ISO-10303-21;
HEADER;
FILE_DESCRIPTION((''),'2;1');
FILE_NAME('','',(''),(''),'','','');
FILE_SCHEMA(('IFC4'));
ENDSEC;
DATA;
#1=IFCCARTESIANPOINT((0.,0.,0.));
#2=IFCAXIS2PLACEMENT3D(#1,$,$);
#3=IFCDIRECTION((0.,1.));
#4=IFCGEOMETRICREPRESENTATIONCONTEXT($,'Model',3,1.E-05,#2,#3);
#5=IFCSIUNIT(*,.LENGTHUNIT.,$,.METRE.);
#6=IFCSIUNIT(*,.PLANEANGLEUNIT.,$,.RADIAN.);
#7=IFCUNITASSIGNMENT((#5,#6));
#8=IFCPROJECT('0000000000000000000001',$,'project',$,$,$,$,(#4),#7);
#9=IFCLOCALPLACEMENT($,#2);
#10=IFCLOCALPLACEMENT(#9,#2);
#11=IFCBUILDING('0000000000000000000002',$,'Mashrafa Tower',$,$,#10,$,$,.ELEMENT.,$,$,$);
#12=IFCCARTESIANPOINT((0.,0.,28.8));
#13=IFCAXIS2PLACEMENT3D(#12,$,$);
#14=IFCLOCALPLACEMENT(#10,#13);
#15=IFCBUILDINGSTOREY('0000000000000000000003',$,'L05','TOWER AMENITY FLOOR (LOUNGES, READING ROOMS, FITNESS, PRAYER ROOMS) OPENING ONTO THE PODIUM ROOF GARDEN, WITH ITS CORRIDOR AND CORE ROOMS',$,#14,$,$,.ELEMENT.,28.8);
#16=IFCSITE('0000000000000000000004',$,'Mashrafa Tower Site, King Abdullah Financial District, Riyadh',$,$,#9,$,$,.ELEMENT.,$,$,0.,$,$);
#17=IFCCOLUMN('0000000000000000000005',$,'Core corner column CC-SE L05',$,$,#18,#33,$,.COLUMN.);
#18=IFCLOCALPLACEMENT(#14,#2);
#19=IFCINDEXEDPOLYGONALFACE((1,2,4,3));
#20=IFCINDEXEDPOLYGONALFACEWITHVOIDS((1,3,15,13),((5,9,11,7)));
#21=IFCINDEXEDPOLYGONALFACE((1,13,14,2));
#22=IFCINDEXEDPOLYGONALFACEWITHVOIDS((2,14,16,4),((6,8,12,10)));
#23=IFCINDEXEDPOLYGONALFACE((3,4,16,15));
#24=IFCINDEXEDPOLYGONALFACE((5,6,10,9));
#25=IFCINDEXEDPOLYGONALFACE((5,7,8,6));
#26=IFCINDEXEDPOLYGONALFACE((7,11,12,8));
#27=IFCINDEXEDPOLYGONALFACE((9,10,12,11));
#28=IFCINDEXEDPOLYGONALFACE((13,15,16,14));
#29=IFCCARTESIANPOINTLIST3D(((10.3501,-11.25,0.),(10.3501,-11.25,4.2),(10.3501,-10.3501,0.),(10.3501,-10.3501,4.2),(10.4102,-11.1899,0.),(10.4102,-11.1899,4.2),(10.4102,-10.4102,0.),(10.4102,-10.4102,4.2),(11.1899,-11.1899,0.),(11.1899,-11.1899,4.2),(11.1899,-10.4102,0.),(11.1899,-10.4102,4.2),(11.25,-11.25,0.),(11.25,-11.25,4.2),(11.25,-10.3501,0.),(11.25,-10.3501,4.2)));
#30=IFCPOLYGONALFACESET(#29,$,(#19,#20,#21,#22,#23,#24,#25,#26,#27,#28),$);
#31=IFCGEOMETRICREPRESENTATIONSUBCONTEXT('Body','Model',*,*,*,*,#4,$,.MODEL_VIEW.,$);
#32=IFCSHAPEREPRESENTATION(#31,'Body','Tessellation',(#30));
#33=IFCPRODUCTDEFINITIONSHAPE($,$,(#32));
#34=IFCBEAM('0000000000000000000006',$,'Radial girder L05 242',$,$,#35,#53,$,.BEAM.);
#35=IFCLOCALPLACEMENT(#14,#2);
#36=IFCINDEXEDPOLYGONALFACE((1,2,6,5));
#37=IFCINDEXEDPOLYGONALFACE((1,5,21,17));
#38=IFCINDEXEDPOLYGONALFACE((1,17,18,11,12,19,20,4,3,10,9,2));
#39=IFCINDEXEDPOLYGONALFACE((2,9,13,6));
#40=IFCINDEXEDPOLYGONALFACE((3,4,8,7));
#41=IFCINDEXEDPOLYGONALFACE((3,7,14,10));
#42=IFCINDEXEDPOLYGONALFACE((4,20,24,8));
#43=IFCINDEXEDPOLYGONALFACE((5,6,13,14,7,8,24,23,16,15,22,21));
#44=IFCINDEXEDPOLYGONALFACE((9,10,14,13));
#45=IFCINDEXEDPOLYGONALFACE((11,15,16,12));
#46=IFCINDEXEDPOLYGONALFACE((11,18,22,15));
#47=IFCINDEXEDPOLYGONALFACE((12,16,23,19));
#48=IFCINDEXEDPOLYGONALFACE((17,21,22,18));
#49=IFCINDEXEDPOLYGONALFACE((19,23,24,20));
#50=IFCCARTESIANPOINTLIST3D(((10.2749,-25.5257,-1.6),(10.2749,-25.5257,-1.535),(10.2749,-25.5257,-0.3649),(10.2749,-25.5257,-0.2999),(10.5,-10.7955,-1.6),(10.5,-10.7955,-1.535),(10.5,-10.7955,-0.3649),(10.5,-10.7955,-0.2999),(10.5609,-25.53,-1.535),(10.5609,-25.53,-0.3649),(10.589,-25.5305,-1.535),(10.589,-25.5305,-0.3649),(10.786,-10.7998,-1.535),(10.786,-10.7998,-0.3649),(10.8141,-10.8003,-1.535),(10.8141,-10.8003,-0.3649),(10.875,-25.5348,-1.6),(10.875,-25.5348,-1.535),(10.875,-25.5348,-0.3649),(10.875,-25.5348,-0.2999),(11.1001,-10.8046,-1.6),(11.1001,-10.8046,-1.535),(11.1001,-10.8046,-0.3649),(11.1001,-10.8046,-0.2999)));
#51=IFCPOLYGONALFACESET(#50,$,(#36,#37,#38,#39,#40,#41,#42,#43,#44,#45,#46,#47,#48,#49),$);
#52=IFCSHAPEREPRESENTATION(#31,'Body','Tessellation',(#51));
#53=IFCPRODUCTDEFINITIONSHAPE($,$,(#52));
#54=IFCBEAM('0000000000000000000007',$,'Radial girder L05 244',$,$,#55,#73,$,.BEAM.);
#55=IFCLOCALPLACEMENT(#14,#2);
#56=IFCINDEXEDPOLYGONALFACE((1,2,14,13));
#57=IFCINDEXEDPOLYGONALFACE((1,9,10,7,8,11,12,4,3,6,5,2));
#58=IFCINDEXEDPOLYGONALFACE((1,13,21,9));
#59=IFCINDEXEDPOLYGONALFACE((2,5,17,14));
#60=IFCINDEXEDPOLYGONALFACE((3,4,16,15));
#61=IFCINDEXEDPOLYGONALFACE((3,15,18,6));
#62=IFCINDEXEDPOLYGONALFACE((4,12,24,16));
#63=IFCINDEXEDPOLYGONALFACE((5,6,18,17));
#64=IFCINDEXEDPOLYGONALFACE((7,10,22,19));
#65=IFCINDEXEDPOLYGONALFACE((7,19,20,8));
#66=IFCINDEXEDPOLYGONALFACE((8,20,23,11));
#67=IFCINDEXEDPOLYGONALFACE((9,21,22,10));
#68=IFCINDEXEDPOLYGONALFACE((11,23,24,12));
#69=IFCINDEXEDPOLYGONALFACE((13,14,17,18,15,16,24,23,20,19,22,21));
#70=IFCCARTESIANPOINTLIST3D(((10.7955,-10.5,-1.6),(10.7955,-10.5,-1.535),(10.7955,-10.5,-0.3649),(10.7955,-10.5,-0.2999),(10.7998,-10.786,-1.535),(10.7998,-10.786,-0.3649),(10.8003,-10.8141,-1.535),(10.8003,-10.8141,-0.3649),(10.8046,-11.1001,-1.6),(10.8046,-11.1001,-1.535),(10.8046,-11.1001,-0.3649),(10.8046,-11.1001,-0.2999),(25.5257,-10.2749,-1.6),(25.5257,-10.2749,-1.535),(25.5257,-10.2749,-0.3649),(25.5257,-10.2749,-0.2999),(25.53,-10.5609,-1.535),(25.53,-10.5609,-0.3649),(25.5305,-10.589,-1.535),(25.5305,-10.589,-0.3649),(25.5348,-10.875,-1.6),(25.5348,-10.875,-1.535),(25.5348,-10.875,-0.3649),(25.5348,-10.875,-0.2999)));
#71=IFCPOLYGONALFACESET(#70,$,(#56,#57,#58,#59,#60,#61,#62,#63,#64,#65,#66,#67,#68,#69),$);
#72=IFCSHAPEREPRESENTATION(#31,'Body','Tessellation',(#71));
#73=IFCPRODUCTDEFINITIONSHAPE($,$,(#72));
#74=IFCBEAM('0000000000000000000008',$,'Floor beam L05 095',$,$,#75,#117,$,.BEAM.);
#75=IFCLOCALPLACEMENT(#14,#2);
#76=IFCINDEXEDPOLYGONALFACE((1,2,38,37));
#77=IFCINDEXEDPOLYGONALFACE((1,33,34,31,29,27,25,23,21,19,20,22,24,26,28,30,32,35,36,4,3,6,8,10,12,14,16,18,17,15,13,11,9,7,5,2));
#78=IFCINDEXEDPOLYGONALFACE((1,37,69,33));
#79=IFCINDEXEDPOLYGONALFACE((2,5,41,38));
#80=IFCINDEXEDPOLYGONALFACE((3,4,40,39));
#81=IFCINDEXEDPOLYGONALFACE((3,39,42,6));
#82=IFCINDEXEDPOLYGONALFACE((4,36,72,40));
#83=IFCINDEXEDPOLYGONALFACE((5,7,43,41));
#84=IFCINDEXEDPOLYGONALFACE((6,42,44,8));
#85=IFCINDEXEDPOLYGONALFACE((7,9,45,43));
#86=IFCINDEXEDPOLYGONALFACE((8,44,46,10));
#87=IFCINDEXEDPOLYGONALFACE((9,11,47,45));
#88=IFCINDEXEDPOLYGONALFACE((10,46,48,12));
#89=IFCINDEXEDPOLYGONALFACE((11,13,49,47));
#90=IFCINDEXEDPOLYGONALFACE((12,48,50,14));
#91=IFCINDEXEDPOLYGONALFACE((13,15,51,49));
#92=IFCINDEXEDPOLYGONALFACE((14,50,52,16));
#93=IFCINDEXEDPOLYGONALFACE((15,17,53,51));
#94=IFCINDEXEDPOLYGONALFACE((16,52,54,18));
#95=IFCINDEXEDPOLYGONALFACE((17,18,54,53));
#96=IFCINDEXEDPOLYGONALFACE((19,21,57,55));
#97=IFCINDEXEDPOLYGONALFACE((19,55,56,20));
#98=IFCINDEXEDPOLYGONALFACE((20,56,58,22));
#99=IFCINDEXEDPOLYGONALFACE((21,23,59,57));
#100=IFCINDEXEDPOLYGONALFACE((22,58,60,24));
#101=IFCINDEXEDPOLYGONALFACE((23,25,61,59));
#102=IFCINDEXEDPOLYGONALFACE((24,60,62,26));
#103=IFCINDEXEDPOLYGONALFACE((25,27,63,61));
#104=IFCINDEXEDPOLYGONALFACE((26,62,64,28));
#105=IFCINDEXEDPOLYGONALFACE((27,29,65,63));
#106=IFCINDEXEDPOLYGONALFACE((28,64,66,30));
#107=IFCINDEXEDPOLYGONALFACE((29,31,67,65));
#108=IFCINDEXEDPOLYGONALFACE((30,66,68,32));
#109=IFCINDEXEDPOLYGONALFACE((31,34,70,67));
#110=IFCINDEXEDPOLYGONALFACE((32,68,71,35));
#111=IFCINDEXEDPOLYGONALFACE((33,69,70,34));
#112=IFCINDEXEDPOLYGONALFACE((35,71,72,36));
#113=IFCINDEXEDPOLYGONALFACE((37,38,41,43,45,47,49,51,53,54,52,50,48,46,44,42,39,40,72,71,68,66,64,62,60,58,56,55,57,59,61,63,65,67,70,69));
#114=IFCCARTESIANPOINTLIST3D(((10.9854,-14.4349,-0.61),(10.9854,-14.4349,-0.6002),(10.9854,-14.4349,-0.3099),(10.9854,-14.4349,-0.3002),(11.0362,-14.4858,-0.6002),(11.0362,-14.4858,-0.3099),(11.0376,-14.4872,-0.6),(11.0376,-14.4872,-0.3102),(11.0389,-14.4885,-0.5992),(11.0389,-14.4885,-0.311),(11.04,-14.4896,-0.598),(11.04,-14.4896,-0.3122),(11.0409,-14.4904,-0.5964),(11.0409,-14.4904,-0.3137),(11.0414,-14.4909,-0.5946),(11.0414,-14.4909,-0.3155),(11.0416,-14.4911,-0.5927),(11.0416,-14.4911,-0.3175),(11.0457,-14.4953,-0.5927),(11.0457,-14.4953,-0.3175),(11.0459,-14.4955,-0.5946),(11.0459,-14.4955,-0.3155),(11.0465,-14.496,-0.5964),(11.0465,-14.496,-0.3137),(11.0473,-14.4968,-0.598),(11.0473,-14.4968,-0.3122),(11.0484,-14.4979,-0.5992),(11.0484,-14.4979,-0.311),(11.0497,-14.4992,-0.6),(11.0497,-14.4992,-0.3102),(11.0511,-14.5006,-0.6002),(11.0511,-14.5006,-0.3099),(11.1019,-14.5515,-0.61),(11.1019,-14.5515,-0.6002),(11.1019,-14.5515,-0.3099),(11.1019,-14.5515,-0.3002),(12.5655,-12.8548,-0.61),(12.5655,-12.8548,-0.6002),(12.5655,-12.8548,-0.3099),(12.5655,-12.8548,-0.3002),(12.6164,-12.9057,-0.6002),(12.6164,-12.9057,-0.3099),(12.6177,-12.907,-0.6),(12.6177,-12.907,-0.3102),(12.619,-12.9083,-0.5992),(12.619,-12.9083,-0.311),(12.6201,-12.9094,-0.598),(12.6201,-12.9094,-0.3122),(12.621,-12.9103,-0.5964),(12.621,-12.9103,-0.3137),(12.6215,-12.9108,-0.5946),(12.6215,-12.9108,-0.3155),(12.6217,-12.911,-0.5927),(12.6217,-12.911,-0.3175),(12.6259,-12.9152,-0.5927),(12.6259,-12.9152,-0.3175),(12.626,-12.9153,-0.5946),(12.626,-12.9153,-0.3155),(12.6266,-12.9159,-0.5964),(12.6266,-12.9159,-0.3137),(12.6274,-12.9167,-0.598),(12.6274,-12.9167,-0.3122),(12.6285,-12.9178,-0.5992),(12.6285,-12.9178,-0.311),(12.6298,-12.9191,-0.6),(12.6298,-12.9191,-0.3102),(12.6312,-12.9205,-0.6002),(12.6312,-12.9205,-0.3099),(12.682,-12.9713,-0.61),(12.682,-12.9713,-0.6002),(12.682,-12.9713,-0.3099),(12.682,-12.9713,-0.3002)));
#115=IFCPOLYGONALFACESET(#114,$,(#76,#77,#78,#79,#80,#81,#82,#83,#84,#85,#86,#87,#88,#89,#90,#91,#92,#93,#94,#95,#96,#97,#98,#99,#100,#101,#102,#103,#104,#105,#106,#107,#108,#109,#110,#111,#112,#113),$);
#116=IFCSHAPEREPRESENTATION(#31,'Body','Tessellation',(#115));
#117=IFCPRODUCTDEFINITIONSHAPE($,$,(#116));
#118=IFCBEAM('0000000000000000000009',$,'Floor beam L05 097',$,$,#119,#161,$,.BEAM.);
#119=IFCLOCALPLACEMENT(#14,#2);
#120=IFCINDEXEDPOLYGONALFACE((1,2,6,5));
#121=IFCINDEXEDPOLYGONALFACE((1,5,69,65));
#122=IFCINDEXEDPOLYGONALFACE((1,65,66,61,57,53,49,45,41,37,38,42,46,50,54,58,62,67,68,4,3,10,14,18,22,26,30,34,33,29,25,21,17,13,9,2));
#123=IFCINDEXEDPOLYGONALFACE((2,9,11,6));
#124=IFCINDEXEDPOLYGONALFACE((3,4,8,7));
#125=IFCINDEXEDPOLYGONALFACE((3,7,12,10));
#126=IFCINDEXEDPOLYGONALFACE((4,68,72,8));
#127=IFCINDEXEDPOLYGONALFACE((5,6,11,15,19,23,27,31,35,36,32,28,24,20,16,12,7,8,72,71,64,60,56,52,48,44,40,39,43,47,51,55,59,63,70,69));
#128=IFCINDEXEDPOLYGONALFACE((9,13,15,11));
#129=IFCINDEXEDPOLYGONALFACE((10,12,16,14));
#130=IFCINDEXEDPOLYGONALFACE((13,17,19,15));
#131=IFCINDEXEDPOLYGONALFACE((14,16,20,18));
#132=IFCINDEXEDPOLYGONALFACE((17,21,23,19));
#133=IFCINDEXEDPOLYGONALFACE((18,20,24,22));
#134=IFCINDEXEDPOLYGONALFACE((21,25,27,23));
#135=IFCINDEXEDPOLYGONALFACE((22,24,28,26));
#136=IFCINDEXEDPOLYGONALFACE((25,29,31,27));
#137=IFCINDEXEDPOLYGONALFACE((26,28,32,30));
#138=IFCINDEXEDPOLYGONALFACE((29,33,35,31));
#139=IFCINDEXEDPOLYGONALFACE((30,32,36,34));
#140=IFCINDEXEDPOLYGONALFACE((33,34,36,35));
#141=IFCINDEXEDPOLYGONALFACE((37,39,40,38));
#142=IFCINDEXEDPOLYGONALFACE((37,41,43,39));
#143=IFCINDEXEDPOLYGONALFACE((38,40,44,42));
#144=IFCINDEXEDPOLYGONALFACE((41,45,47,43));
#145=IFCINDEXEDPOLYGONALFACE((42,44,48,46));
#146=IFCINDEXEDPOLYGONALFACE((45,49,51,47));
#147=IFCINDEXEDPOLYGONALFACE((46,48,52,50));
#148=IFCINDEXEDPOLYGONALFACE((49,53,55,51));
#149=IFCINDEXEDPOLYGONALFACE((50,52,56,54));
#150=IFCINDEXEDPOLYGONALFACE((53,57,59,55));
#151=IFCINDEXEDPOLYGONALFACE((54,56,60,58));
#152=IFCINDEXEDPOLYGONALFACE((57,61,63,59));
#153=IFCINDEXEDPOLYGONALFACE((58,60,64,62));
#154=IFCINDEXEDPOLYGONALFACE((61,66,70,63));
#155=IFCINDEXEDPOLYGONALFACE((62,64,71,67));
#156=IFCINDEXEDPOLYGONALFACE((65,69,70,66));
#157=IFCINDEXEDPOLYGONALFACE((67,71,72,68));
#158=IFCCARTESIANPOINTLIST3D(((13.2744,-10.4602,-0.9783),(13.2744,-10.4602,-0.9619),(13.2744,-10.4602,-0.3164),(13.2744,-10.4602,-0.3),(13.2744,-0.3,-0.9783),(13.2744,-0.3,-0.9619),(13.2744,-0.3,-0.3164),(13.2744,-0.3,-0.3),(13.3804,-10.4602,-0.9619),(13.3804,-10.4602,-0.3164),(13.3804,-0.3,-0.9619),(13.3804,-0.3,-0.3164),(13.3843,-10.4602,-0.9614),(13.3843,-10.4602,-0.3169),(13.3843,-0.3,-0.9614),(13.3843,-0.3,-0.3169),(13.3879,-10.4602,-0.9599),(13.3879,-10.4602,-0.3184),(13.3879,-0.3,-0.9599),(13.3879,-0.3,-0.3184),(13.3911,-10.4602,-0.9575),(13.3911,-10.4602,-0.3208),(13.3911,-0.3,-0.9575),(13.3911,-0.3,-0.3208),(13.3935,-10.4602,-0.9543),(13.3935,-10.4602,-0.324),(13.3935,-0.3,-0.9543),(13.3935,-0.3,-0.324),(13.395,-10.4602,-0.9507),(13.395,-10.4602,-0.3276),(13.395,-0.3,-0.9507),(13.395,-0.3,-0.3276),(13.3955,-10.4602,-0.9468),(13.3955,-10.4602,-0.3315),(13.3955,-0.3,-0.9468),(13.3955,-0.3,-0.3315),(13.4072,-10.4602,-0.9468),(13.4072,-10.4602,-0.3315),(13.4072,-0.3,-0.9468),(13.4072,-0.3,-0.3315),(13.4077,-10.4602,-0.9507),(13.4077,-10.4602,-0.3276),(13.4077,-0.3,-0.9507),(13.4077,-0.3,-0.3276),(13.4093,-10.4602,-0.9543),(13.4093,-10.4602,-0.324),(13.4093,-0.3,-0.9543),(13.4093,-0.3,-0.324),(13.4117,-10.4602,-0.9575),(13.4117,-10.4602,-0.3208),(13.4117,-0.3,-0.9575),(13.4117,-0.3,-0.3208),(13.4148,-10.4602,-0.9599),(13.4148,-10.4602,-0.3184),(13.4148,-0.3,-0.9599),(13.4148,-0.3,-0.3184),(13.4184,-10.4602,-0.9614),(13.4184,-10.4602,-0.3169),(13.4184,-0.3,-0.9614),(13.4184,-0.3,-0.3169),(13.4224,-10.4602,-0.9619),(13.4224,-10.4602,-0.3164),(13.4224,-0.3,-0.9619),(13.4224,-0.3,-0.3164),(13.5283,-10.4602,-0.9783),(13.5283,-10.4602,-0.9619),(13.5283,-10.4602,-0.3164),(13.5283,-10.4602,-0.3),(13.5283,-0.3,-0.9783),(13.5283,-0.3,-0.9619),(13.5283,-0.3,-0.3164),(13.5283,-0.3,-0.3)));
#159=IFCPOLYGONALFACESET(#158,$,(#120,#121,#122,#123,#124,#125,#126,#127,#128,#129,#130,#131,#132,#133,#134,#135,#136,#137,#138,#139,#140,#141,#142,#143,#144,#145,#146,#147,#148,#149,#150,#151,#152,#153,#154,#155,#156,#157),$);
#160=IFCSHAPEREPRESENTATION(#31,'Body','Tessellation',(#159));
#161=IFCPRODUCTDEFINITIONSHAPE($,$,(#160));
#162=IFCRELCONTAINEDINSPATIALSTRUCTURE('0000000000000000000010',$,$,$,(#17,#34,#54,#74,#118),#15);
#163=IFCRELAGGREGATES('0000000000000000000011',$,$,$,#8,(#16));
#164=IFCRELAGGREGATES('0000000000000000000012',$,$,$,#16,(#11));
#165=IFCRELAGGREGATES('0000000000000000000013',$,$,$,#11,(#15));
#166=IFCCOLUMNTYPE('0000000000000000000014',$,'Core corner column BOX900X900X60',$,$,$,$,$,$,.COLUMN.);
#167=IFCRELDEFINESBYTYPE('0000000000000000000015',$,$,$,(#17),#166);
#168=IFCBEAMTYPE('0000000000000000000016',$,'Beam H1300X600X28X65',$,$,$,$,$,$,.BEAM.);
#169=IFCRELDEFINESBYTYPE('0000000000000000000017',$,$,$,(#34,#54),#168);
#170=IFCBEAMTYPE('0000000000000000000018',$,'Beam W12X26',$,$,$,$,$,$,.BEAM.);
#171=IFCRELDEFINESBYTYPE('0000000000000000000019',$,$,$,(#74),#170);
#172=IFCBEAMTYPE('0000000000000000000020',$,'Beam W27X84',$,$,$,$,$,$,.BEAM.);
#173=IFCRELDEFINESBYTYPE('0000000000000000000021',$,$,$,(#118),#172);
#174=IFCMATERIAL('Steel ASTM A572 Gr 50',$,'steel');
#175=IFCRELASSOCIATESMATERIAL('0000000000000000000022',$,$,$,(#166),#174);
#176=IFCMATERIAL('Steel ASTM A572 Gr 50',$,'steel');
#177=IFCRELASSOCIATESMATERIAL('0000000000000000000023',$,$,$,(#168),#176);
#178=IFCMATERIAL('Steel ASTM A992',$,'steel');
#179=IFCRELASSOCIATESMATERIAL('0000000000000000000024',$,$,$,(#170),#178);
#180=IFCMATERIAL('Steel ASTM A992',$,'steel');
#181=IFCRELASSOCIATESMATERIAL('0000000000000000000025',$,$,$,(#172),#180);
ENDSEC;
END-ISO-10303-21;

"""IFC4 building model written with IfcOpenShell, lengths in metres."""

from ifc_helpers import new_model, si_unit, direction, frame, origin, origin_2d, place, context, subcontext, project, spatial, hollow_rectangle, i_section, extrude, material, material_profile, profile_set, type_object, element, save


model = new_model("IFC4")

# Units and contexts
model_context = context("Model", 3, precision=1e-05, world=origin(), true_north=direction((0.0, 1.0)))
body_context = subcontext(model_context, "Body", "Model", "MODEL_VIEW")
ifc_project = project(units=[si_unit("LENGTHUNIT", "METRE"), si_unit("PLANEANGLEUNIT", "RADIAN")], contexts=[model_context])

# Site, building, storey
site_placement = place(None, origin())
site = spatial("IfcSite", under=ifc_project, at=site_placement, Name="Mashrafa Tower Site, King Abdullah Financial District, Riyadh", CompositionType="ELEMENT", RefElevation=0.0)
building_placement = place(site_placement, origin())
building = spatial("IfcBuilding", under=site, at=building_placement, Name="Mashrafa Tower", CompositionType="ELEMENT")
storey_placement = place(building_placement, frame((0.0, 0.0, 28.8)))
storey = spatial("IfcBuildingStorey", under=building, at=storey_placement, Name="L05", Description="TOWER AMENITY FLOOR (LOUNGES, READING ROOMS, FITNESS, PRAYER ROOMS) OPENING ONTO THE PODIUM ROOF GARDEN, WITH ITS CORRIDOR AND CORE ROOMS", CompositionType="ELEMENT", Elevation=28.8)

# Column
ifc_material_1 = material(Name="Steel ASTM A572 Gr 50", Category="steel")
ifc_material_profile_1 = material_profile(ifc_material_1, hollow_rectangle(XDim=0.8999, YDim=0.8999, WallThickness=0.0601, at=origin_2d()), Name="BOX900X900X60")
ifc_profile_set_1 = profile_set([ifc_material_profile_1], Name="Steel ASTM A572 Gr 50")
column_type = type_object("IfcColumnType", Name="Core corner column BOX900X900X60", PredefinedType="COLUMN", material=ifc_profile_set_1)
column_placement = place(storey_placement, frame((10.8, -10.8, 0.0), z_axis=(0.0, 0.0, 1.0), x_axis=(1.0, 0.0, 0.0)))
element("IfcColumn", 1, at=column_placement, inside=storey, type_object=column_type, Name="Core corner column CC-SE L05", PredefinedType="COLUMN", context=body_context, shape_type="SweptSolid", body=[
    extrude(hollow_rectangle(XDim=0.8999, YDim=0.8999, WallThickness=0.0601, at=origin_2d()), origin(), (0.0, 0.0, 1.0), 4.2),
])

# Beams
ifc_material_2 = material(Name="Steel ASTM A572 Gr 50", Category="steel")
ifc_material_profile_2 = material_profile(ifc_material_2, i_section(OverallWidth=0.6001, OverallDepth=1.3, WebThickness=0.0281, FlangeThickness=0.0649, at=origin_2d()), Name="H1300X600X28X65")
ifc_profile_set_2 = profile_set([ifc_material_profile_2], Name="Steel ASTM A572 Gr 50")
beam_type_1 = type_object("IfcBeamType", Name="Beam H1300X600X28X65", PredefinedType="BEAM", material=ifc_profile_set_2)
for number, where, z_axis, x_axis, name in (
    (2, (10.8, -10.8, -0.95), (-0.01528, -0.999883, 0.0), (0.999883, -0.01528, 0.0), "Radial girder L05 242"),
    (3, (10.8, -10.8, -0.95), (0.999883, 0.01528, 0.0), (-0.01528, 0.999883, 0.0), "Radial girder L05 244"),
):
    element("IfcBeam", number, at=place(storey_placement, frame(where, z_axis=z_axis, x_axis=x_axis)), inside=storey, type_object=beam_type_1, Name=name, PredefinedType="BEAM", context=body_context, shape_type="SweptSolid", body=[
        extrude(i_section(OverallWidth=0.6001, OverallDepth=1.3, WebThickness=0.0281, FlangeThickness=0.0649, at=origin_2d()), origin(), (0.0, 0.0, 1.0), 14.7319),
    ])
ifc_material_3 = material(Name="Steel ASTM A992", Category="steel")
ifc_material_profile_3 = material_profile(ifc_material_3, i_section(OverallWidth=0.1648, OverallDepth=0.3098, WebThickness=0.0059, FlangeThickness=0.0098, FilletRadius=0.0076, at=origin_2d()), Name="W12X26")
ifc_profile_set_3 = profile_set([ifc_material_profile_3], Name="Steel ASTM A992")
beam_type_2 = type_object("IfcBeamType", Name="Beam W12X26", PredefinedType="BEAM", material=ifc_profile_set_3)
beam_1_placement = place(storey_placement, frame((12.6238, -12.9131, -0.4551), z_axis=(-0.707107, -0.707107, 0.0), x_axis=(0.707107, -0.707107, 0.0)))
element("IfcBeam", 4, at=beam_1_placement, inside=storey, type_object=beam_type_2, Name="Floor beam L05 095", PredefinedType="BEAM", context=body_context, shape_type="SweptSolid", body=[
    extrude(i_section(OverallWidth=0.1648, OverallDepth=0.3098, WebThickness=0.0059, FlangeThickness=0.0098, FilletRadius=0.0076, at=origin_2d()), origin(), (0.0, 0.0, 1.0), 2.2346),
])
ifc_material_4 = material(Name="Steel ASTM A992", Category="steel")
ifc_material_profile_4 = material_profile(ifc_material_4, i_section(OverallWidth=0.2539, OverallDepth=0.6782, WebThickness=0.0117, FlangeThickness=0.0164, FilletRadius=0.0151, at=origin_2d()), Name="W27X84")
ifc_profile_set_4 = profile_set([ifc_material_profile_4], Name="Steel ASTM A992")
beam_type_3 = type_object("IfcBeamType", Name="Beam W27X84", PredefinedType="BEAM", material=ifc_profile_set_4)
beam_2_placement = place(storey_placement, frame((13.4014, -0.3, -0.6392), z_axis=(0.0, -1.0, 0.0), x_axis=(1.0, 0.0, 0.0)))
element("IfcBeam", 5, at=beam_2_placement, inside=storey, type_object=beam_type_3, Name="Floor beam L05 097", PredefinedType="BEAM", context=body_context, shape_type="SweptSolid", body=[
    extrude(i_section(OverallWidth=0.2539, OverallDepth=0.6782, WebThickness=0.0117, FlangeThickness=0.0164, FilletRadius=0.0151, at=origin_2d()), origin(), (0.0, 0.0, 1.0), 10.1602),
])

save(model, "model.ifc")
